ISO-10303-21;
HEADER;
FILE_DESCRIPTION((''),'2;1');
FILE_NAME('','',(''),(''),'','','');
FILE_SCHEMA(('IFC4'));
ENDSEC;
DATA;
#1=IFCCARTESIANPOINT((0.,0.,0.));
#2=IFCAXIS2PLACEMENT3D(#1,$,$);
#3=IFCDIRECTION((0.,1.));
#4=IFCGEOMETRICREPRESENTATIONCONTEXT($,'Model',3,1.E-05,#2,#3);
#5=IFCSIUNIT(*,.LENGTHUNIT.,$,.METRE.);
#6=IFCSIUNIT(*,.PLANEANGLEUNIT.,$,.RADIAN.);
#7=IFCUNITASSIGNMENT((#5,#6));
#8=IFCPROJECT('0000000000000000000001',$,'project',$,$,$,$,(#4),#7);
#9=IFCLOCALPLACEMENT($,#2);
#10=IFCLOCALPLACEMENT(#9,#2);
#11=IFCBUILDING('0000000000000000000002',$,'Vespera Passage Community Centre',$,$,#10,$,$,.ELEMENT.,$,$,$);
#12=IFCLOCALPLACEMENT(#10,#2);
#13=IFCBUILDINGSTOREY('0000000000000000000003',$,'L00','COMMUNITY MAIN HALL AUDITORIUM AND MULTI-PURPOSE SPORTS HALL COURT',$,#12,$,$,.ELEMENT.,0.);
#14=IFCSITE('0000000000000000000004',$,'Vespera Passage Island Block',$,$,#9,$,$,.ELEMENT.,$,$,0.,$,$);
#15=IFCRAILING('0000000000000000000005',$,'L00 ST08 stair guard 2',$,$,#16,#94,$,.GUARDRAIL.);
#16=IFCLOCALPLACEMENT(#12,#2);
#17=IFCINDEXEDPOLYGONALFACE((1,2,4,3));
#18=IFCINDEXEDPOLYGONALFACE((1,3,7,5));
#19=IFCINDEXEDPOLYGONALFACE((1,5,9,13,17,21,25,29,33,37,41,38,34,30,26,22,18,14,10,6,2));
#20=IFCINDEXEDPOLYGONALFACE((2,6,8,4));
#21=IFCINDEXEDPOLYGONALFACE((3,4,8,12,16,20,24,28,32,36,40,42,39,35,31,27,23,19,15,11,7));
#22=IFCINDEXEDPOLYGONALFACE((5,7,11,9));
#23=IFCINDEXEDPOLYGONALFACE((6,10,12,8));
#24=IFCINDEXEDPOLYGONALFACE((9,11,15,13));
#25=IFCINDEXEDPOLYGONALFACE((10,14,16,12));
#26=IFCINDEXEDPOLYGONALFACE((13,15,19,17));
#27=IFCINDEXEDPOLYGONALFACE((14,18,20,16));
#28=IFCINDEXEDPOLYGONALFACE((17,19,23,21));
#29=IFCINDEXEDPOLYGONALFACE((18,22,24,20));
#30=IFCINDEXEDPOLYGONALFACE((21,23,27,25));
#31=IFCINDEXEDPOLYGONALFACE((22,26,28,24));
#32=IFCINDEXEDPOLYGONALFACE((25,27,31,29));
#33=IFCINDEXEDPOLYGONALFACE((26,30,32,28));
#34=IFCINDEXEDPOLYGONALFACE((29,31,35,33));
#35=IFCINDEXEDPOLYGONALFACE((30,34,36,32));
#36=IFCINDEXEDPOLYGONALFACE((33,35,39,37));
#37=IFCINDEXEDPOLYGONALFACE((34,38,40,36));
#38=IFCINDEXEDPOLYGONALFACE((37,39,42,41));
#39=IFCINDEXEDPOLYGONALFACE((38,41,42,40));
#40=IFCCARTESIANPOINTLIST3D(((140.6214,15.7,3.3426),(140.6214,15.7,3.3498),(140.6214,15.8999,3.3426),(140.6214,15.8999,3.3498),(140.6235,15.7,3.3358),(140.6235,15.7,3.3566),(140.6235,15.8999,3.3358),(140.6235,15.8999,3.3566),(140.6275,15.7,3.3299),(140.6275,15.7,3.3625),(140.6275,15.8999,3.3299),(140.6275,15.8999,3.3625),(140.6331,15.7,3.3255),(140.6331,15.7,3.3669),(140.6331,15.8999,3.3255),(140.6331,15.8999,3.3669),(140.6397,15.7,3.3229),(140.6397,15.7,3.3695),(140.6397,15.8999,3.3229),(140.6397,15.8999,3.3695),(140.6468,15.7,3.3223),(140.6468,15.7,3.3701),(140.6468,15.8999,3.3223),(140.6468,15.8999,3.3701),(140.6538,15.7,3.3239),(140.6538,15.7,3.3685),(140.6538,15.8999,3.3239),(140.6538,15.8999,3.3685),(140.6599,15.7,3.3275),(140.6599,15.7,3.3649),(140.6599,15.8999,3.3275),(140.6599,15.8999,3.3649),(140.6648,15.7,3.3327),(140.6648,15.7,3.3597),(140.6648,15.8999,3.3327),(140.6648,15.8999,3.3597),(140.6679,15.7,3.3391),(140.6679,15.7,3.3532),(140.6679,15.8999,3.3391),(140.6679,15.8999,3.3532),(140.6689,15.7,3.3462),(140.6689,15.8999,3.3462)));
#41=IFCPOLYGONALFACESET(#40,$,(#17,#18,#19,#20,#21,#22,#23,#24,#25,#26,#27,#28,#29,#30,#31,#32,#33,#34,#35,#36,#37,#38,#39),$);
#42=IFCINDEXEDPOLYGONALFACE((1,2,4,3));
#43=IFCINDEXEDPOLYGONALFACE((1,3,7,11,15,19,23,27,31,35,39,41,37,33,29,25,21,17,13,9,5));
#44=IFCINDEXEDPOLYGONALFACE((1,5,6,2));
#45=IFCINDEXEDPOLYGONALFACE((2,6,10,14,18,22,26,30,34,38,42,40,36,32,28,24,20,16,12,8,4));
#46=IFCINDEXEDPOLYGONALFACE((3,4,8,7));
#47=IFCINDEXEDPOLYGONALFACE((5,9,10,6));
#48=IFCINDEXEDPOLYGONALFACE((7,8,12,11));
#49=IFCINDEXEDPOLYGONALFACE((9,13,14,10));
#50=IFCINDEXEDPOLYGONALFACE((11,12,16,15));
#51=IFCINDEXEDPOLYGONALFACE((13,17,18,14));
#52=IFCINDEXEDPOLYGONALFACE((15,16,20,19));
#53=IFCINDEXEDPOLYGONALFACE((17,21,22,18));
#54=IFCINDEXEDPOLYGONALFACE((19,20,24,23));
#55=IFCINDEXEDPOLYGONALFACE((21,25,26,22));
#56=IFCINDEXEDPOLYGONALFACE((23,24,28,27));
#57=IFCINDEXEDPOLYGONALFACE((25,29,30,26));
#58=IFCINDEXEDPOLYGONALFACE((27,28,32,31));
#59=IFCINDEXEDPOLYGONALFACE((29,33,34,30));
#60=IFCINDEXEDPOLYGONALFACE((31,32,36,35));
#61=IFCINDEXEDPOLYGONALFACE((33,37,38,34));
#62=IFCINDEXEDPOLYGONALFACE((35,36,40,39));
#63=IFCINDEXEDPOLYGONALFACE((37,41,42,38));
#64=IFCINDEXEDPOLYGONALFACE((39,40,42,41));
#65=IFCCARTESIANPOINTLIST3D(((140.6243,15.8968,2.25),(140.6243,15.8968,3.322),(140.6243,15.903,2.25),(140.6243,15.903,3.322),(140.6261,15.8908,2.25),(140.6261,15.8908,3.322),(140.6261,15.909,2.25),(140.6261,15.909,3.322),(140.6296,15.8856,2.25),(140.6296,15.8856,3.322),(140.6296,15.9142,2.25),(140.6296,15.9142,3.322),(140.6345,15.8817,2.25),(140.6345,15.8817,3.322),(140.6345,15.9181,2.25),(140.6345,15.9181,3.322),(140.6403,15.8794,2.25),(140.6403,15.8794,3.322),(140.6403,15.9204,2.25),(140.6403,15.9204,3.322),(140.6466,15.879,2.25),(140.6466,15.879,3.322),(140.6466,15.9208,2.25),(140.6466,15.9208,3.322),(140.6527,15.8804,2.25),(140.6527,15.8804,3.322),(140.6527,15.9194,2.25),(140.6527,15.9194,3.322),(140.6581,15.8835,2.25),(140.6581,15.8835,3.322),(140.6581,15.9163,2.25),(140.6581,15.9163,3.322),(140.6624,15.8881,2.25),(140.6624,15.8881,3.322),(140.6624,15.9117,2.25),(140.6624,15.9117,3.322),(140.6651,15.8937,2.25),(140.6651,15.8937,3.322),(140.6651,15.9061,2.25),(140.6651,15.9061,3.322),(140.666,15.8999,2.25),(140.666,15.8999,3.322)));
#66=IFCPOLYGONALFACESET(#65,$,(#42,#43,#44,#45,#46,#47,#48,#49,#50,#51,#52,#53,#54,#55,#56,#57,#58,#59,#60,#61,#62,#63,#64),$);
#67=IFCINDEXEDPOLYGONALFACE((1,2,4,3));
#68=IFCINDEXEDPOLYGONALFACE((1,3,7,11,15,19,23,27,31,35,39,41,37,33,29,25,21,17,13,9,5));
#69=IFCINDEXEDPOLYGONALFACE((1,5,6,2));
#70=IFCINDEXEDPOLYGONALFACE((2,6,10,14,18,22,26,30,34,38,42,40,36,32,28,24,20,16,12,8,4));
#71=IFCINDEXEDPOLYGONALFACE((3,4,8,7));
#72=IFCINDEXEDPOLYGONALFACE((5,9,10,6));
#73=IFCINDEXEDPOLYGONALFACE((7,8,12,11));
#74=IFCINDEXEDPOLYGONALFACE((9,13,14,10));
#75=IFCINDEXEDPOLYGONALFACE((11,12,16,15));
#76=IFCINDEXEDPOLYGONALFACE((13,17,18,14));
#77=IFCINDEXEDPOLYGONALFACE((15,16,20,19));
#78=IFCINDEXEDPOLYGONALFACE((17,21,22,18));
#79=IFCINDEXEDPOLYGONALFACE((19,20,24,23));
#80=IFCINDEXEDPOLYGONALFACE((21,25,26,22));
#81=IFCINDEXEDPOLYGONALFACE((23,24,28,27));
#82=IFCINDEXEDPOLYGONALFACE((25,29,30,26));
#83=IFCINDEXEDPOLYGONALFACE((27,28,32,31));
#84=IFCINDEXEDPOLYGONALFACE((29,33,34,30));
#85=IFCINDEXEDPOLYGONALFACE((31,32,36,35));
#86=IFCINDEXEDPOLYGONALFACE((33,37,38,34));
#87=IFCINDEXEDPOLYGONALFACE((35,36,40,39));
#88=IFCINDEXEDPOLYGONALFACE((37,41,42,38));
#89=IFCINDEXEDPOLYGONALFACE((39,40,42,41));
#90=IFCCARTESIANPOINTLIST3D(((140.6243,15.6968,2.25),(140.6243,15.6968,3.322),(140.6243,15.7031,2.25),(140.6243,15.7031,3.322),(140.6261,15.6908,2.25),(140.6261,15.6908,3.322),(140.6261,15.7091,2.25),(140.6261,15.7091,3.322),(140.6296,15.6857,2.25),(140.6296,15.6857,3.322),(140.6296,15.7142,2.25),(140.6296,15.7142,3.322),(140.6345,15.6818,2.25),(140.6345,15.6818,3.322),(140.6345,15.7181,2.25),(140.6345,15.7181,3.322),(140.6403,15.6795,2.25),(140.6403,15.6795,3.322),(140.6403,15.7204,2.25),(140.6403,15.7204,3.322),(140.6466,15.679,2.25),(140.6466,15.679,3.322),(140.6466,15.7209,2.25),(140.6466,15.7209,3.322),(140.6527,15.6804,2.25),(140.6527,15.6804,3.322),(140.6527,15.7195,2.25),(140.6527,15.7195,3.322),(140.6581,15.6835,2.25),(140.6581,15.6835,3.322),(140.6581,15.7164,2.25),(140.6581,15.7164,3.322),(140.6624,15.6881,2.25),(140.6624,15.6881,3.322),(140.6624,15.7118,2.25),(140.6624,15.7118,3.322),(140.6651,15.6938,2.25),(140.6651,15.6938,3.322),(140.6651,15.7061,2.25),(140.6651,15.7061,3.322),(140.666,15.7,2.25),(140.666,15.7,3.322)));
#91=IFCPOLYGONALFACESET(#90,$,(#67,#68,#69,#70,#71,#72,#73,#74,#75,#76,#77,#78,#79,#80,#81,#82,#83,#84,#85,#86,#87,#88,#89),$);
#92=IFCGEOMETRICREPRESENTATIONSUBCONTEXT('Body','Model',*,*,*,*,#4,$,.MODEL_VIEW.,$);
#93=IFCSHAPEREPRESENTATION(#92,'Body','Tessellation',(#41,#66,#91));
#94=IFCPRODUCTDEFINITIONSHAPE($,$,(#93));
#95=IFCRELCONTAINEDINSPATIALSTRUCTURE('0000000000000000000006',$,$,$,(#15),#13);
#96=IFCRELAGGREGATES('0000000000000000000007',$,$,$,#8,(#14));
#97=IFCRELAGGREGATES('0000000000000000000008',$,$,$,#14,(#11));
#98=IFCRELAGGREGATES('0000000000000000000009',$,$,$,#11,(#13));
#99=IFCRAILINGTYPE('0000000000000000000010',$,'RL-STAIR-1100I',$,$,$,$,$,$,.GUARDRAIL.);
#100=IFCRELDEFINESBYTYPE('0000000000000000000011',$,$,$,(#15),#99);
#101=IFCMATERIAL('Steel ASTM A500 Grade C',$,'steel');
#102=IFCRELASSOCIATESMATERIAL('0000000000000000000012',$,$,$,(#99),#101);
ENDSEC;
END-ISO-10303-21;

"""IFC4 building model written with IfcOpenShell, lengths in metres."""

from ifc_helpers import new_model, si_unit, direction, frame, origin, origin_2d, place, context, subcontext, project, spatial, circle, extrude, material, type_object, element, save


model = new_model("IFC4")

# Units and contexts
model_context = context("Model", 3, precision=1e-05, world=origin(), true_north=direction((0.0, 1.0)))
body_context = subcontext(model_context, "Body", "Model", "MODEL_VIEW")
ifc_project = project(units=[si_unit("LENGTHUNIT", "METRE"), si_unit("PLANEANGLEUNIT", "RADIAN")], contexts=[model_context])

# Site, building, storey
site_placement = place(None, origin())
site = spatial("IfcSite", under=ifc_project, at=site_placement, Name="Vespera Passage Island Block", CompositionType="ELEMENT", RefElevation=0.0)
building_placement = place(site_placement, origin())
building = spatial("IfcBuilding", under=site, at=building_placement, Name="Vespera Passage Community Centre", CompositionType="ELEMENT")
storey_placement = place(building_placement, origin())
storey = spatial("IfcBuildingStorey", under=building, at=storey_placement, Name="L00", Description="COMMUNITY MAIN HALL AUDITORIUM AND MULTI-PURPOSE SPORTS HALL COURT", CompositionType="ELEMENT", Elevation=0.0)

# Railing
ifc_material_1 = material(Name="Steel ASTM A500 Grade C", Category="steel")
railing_type_1 = type_object("IfcRailingType", Name="RL-STAIR-1100I", PredefinedType="GUARDRAIL", material=ifc_material_1)
railing_1_placement = place(storey_placement, frame((140.645, 15.8999, 2.25)))
element("IfcRailing", 1, at=railing_1_placement, inside=storey, type_object=railing_type_1, Name="L00 ST08 stair guard 2", PredefinedType="GUARDRAIL", context=body_context, shape_type="SweptSolid", body=[
    extrude(circle(Radius=0.0239, at=origin_2d()), frame((0.0, 0.0, 1.0962), z_axis=(0.0, -1.0, 0.0), x_axis=(1.0, 0.0, 0.0)), (0.0, 0.0, 1.0), 0.2),
    extrude(circle(Radius=0.021, at=origin_2d()), origin(), (0.0, 0.0, 1.0), 1.072),
    extrude(circle(Radius=0.021, at=origin_2d()), frame((0.0, -0.2, 0.0)), (0.0, 0.0, 1.0), 1.072),
])

save(model, "model.ifc")
